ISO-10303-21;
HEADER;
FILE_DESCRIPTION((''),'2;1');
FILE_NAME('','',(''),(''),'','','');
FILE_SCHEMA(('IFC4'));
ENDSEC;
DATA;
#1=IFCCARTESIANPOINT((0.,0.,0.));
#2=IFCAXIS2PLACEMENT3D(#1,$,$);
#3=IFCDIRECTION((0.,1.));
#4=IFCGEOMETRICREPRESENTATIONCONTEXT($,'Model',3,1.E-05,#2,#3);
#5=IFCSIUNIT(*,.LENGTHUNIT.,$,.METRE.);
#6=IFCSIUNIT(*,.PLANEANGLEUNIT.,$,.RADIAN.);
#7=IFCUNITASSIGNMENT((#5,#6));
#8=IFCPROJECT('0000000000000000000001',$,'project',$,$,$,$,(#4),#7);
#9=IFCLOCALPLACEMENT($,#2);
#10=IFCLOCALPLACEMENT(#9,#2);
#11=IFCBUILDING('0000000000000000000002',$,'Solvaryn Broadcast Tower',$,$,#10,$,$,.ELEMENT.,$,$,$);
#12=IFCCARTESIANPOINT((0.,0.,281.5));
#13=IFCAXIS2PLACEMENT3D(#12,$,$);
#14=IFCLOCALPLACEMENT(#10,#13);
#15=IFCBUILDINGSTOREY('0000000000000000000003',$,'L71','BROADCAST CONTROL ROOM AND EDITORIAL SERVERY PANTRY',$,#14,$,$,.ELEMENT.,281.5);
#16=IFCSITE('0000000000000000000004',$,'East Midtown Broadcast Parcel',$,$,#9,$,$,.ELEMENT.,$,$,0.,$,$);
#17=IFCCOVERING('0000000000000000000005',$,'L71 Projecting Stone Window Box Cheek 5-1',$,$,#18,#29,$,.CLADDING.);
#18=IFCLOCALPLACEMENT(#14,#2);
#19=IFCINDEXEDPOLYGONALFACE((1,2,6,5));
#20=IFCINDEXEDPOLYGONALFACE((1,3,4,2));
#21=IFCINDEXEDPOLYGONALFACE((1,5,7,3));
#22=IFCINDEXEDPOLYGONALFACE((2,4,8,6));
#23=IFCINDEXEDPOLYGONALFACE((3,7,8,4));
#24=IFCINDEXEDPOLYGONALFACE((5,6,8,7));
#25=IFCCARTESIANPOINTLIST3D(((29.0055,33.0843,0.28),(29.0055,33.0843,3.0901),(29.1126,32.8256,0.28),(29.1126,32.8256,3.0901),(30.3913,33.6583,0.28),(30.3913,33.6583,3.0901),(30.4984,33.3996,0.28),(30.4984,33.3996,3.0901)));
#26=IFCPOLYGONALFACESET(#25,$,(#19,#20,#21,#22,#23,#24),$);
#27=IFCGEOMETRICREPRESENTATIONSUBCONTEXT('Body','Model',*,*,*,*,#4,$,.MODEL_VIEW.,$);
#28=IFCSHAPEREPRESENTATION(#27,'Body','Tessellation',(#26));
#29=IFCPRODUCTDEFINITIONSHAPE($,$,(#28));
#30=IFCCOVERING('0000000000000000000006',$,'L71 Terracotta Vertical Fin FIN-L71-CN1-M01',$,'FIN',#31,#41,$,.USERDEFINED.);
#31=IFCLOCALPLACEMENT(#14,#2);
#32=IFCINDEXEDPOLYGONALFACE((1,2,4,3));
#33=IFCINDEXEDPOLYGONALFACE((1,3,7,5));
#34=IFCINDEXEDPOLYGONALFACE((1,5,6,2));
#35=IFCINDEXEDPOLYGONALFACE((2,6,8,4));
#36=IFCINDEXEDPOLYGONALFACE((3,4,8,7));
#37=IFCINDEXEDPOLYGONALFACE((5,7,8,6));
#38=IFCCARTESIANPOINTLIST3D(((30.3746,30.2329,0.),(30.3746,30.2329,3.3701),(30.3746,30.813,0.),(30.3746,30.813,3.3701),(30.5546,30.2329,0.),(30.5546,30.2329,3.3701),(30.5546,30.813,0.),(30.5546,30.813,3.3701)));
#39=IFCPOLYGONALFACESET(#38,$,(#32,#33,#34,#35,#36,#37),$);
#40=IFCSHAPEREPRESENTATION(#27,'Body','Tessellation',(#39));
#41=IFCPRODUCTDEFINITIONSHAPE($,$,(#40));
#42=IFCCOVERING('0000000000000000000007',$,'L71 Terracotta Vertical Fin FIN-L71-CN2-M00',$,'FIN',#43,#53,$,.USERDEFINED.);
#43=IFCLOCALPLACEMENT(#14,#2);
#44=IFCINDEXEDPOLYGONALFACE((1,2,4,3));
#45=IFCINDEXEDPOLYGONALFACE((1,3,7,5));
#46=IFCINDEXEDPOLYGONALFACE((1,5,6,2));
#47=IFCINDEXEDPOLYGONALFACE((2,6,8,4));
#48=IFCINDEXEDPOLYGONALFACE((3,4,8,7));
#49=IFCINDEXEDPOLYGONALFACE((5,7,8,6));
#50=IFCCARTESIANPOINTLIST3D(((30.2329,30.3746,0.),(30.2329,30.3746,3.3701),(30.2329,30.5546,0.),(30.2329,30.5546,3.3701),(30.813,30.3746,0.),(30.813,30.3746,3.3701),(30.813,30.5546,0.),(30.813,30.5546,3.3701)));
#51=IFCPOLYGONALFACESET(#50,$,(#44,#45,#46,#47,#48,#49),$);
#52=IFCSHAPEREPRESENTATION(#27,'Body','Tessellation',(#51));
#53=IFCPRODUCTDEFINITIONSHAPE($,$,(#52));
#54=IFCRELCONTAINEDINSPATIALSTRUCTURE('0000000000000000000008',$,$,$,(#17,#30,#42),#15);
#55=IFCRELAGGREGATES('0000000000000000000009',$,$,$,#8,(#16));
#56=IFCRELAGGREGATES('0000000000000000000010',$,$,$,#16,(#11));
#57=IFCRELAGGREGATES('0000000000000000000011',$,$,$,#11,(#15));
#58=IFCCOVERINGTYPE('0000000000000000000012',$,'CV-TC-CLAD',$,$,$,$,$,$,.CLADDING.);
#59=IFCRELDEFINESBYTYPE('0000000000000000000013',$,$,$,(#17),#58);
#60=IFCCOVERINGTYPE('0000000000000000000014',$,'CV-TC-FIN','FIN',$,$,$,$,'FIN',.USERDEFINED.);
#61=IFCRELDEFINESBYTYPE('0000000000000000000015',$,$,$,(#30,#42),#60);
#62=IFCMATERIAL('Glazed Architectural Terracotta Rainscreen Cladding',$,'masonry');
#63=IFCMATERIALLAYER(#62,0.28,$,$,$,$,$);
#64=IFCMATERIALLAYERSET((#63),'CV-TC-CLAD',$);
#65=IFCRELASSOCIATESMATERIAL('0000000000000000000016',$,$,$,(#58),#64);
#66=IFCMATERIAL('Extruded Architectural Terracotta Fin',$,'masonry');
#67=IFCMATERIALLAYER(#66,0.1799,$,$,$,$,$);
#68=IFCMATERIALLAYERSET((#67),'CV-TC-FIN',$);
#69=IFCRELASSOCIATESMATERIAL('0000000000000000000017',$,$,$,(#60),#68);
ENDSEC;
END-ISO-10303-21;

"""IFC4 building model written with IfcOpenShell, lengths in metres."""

from ifc_helpers import new_model, si_unit, direction, frame, origin, origin_2d, place, context, subcontext, project, spatial, rectangle, extrude, material, layer, layer_set, type_object, element, save


model = new_model("IFC4")

# Units and contexts
model_context = context("Model", 3, precision=1e-05, world=origin(), true_north=direction((0.0, 1.0)))
body_context = subcontext(model_context, "Body", "Model", "MODEL_VIEW")
ifc_project = project(units=[si_unit("LENGTHUNIT", "METRE"), si_unit("PLANEANGLEUNIT", "RADIAN")], contexts=[model_context])

# Site, building, storey
site_placement = place(None, origin())
site = spatial("IfcSite", under=ifc_project, at=site_placement, Name="East Midtown Broadcast Parcel", CompositionType="ELEMENT", RefElevation=0.0)
building_placement = place(site_placement, origin())
building = spatial("IfcBuilding", under=site, at=building_placement, Name="Solvaryn Broadcast Tower", CompositionType="ELEMENT")
storey_placement = place(building_placement, frame((0.0, 0.0, 281.5)))
storey = spatial("IfcBuildingStorey", under=building, at=storey_placement, Name="L71", Description="BROADCAST CONTROL ROOM AND EDITORIAL SERVERY PANTRY", CompositionType="ELEMENT", Elevation=281.5)

# Coverings
ifc_material_1 = material(Name="Glazed Architectural Terracotta Rainscreen Cladding", Category="masonry")
ifc_layer_1 = layer(ifc_material_1, 0.28)
ifc_layer_set_1 = layer_set([ifc_layer_1], Name="CV-TC-CLAD")
covering_type_1 = type_object("IfcCoveringType", Name="CV-TC-CLAD", PredefinedType="CLADDING", material=ifc_layer_set_1)
covering_1_placement = place(storey_placement, frame((29.752, 33.2419, 0.28), z_axis=(0.0, 0.0, 1.0), x_axis=(-0.382683, 0.92388, 0.0)))
element("IfcCovering", 1, at=covering_1_placement, inside=storey, type_object=covering_type_1, Name="L71 Projecting Stone Window Box Cheek 5-1", PredefinedType="CLADDING", context=body_context, shape_type="SweptSolid", body=[
    extrude(rectangle(XDim=0.28, YDim=1.5, at=origin_2d()), origin(), (0.0, 0.0, 1.0), 2.8101),
])
ifc_material_2 = material(Name="Extruded Architectural Terracotta Fin", Category="masonry")
ifc_layer_2 = layer(ifc_material_2, 0.1799)
ifc_layer_set_2 = layer_set([ifc_layer_2], Name="CV-TC-FIN")
covering_type_2 = type_object("IfcCoveringType", Name="CV-TC-FIN", Description="FIN", ElementType="FIN", PredefinedType="USERDEFINED", material=ifc_layer_set_2)
covering_2_placement = place(storey_placement, frame((30.4646, 30.5229, 0.0), z_axis=(0.0, 0.0, 1.0), x_axis=(1.0, 0.0, 0.0)))
element("IfcCovering", 2, at=covering_2_placement, inside=storey, type_object=covering_type_2, Name="L71 Terracotta Vertical Fin FIN-L71-CN1-M01", ObjectType="FIN", PredefinedType="USERDEFINED", context=body_context, shape_type="SweptSolid", body=[
    extrude(rectangle(XDim=0.1799, YDim=0.5801, at=origin_2d()), origin(), (0.0, 0.0, 1.0), 3.3701),
])
covering_3_placement = place(storey_placement, frame((30.5229, 30.4646, 0.0), z_axis=(0.0, 0.0, 1.0), x_axis=(1.0, 0.0, 0.0)))
element("IfcCovering", 3, at=covering_3_placement, inside=storey, type_object=covering_type_2, Name="L71 Terracotta Vertical Fin FIN-L71-CN2-M00", ObjectType="FIN", PredefinedType="USERDEFINED", context=body_context, shape_type="SweptSolid", body=[
    extrude(rectangle(XDim=0.5801, YDim=0.1799, at=origin_2d()), origin(), (0.0, 0.0, 1.0), 3.3701),
])

save(model, "model.ifc")
